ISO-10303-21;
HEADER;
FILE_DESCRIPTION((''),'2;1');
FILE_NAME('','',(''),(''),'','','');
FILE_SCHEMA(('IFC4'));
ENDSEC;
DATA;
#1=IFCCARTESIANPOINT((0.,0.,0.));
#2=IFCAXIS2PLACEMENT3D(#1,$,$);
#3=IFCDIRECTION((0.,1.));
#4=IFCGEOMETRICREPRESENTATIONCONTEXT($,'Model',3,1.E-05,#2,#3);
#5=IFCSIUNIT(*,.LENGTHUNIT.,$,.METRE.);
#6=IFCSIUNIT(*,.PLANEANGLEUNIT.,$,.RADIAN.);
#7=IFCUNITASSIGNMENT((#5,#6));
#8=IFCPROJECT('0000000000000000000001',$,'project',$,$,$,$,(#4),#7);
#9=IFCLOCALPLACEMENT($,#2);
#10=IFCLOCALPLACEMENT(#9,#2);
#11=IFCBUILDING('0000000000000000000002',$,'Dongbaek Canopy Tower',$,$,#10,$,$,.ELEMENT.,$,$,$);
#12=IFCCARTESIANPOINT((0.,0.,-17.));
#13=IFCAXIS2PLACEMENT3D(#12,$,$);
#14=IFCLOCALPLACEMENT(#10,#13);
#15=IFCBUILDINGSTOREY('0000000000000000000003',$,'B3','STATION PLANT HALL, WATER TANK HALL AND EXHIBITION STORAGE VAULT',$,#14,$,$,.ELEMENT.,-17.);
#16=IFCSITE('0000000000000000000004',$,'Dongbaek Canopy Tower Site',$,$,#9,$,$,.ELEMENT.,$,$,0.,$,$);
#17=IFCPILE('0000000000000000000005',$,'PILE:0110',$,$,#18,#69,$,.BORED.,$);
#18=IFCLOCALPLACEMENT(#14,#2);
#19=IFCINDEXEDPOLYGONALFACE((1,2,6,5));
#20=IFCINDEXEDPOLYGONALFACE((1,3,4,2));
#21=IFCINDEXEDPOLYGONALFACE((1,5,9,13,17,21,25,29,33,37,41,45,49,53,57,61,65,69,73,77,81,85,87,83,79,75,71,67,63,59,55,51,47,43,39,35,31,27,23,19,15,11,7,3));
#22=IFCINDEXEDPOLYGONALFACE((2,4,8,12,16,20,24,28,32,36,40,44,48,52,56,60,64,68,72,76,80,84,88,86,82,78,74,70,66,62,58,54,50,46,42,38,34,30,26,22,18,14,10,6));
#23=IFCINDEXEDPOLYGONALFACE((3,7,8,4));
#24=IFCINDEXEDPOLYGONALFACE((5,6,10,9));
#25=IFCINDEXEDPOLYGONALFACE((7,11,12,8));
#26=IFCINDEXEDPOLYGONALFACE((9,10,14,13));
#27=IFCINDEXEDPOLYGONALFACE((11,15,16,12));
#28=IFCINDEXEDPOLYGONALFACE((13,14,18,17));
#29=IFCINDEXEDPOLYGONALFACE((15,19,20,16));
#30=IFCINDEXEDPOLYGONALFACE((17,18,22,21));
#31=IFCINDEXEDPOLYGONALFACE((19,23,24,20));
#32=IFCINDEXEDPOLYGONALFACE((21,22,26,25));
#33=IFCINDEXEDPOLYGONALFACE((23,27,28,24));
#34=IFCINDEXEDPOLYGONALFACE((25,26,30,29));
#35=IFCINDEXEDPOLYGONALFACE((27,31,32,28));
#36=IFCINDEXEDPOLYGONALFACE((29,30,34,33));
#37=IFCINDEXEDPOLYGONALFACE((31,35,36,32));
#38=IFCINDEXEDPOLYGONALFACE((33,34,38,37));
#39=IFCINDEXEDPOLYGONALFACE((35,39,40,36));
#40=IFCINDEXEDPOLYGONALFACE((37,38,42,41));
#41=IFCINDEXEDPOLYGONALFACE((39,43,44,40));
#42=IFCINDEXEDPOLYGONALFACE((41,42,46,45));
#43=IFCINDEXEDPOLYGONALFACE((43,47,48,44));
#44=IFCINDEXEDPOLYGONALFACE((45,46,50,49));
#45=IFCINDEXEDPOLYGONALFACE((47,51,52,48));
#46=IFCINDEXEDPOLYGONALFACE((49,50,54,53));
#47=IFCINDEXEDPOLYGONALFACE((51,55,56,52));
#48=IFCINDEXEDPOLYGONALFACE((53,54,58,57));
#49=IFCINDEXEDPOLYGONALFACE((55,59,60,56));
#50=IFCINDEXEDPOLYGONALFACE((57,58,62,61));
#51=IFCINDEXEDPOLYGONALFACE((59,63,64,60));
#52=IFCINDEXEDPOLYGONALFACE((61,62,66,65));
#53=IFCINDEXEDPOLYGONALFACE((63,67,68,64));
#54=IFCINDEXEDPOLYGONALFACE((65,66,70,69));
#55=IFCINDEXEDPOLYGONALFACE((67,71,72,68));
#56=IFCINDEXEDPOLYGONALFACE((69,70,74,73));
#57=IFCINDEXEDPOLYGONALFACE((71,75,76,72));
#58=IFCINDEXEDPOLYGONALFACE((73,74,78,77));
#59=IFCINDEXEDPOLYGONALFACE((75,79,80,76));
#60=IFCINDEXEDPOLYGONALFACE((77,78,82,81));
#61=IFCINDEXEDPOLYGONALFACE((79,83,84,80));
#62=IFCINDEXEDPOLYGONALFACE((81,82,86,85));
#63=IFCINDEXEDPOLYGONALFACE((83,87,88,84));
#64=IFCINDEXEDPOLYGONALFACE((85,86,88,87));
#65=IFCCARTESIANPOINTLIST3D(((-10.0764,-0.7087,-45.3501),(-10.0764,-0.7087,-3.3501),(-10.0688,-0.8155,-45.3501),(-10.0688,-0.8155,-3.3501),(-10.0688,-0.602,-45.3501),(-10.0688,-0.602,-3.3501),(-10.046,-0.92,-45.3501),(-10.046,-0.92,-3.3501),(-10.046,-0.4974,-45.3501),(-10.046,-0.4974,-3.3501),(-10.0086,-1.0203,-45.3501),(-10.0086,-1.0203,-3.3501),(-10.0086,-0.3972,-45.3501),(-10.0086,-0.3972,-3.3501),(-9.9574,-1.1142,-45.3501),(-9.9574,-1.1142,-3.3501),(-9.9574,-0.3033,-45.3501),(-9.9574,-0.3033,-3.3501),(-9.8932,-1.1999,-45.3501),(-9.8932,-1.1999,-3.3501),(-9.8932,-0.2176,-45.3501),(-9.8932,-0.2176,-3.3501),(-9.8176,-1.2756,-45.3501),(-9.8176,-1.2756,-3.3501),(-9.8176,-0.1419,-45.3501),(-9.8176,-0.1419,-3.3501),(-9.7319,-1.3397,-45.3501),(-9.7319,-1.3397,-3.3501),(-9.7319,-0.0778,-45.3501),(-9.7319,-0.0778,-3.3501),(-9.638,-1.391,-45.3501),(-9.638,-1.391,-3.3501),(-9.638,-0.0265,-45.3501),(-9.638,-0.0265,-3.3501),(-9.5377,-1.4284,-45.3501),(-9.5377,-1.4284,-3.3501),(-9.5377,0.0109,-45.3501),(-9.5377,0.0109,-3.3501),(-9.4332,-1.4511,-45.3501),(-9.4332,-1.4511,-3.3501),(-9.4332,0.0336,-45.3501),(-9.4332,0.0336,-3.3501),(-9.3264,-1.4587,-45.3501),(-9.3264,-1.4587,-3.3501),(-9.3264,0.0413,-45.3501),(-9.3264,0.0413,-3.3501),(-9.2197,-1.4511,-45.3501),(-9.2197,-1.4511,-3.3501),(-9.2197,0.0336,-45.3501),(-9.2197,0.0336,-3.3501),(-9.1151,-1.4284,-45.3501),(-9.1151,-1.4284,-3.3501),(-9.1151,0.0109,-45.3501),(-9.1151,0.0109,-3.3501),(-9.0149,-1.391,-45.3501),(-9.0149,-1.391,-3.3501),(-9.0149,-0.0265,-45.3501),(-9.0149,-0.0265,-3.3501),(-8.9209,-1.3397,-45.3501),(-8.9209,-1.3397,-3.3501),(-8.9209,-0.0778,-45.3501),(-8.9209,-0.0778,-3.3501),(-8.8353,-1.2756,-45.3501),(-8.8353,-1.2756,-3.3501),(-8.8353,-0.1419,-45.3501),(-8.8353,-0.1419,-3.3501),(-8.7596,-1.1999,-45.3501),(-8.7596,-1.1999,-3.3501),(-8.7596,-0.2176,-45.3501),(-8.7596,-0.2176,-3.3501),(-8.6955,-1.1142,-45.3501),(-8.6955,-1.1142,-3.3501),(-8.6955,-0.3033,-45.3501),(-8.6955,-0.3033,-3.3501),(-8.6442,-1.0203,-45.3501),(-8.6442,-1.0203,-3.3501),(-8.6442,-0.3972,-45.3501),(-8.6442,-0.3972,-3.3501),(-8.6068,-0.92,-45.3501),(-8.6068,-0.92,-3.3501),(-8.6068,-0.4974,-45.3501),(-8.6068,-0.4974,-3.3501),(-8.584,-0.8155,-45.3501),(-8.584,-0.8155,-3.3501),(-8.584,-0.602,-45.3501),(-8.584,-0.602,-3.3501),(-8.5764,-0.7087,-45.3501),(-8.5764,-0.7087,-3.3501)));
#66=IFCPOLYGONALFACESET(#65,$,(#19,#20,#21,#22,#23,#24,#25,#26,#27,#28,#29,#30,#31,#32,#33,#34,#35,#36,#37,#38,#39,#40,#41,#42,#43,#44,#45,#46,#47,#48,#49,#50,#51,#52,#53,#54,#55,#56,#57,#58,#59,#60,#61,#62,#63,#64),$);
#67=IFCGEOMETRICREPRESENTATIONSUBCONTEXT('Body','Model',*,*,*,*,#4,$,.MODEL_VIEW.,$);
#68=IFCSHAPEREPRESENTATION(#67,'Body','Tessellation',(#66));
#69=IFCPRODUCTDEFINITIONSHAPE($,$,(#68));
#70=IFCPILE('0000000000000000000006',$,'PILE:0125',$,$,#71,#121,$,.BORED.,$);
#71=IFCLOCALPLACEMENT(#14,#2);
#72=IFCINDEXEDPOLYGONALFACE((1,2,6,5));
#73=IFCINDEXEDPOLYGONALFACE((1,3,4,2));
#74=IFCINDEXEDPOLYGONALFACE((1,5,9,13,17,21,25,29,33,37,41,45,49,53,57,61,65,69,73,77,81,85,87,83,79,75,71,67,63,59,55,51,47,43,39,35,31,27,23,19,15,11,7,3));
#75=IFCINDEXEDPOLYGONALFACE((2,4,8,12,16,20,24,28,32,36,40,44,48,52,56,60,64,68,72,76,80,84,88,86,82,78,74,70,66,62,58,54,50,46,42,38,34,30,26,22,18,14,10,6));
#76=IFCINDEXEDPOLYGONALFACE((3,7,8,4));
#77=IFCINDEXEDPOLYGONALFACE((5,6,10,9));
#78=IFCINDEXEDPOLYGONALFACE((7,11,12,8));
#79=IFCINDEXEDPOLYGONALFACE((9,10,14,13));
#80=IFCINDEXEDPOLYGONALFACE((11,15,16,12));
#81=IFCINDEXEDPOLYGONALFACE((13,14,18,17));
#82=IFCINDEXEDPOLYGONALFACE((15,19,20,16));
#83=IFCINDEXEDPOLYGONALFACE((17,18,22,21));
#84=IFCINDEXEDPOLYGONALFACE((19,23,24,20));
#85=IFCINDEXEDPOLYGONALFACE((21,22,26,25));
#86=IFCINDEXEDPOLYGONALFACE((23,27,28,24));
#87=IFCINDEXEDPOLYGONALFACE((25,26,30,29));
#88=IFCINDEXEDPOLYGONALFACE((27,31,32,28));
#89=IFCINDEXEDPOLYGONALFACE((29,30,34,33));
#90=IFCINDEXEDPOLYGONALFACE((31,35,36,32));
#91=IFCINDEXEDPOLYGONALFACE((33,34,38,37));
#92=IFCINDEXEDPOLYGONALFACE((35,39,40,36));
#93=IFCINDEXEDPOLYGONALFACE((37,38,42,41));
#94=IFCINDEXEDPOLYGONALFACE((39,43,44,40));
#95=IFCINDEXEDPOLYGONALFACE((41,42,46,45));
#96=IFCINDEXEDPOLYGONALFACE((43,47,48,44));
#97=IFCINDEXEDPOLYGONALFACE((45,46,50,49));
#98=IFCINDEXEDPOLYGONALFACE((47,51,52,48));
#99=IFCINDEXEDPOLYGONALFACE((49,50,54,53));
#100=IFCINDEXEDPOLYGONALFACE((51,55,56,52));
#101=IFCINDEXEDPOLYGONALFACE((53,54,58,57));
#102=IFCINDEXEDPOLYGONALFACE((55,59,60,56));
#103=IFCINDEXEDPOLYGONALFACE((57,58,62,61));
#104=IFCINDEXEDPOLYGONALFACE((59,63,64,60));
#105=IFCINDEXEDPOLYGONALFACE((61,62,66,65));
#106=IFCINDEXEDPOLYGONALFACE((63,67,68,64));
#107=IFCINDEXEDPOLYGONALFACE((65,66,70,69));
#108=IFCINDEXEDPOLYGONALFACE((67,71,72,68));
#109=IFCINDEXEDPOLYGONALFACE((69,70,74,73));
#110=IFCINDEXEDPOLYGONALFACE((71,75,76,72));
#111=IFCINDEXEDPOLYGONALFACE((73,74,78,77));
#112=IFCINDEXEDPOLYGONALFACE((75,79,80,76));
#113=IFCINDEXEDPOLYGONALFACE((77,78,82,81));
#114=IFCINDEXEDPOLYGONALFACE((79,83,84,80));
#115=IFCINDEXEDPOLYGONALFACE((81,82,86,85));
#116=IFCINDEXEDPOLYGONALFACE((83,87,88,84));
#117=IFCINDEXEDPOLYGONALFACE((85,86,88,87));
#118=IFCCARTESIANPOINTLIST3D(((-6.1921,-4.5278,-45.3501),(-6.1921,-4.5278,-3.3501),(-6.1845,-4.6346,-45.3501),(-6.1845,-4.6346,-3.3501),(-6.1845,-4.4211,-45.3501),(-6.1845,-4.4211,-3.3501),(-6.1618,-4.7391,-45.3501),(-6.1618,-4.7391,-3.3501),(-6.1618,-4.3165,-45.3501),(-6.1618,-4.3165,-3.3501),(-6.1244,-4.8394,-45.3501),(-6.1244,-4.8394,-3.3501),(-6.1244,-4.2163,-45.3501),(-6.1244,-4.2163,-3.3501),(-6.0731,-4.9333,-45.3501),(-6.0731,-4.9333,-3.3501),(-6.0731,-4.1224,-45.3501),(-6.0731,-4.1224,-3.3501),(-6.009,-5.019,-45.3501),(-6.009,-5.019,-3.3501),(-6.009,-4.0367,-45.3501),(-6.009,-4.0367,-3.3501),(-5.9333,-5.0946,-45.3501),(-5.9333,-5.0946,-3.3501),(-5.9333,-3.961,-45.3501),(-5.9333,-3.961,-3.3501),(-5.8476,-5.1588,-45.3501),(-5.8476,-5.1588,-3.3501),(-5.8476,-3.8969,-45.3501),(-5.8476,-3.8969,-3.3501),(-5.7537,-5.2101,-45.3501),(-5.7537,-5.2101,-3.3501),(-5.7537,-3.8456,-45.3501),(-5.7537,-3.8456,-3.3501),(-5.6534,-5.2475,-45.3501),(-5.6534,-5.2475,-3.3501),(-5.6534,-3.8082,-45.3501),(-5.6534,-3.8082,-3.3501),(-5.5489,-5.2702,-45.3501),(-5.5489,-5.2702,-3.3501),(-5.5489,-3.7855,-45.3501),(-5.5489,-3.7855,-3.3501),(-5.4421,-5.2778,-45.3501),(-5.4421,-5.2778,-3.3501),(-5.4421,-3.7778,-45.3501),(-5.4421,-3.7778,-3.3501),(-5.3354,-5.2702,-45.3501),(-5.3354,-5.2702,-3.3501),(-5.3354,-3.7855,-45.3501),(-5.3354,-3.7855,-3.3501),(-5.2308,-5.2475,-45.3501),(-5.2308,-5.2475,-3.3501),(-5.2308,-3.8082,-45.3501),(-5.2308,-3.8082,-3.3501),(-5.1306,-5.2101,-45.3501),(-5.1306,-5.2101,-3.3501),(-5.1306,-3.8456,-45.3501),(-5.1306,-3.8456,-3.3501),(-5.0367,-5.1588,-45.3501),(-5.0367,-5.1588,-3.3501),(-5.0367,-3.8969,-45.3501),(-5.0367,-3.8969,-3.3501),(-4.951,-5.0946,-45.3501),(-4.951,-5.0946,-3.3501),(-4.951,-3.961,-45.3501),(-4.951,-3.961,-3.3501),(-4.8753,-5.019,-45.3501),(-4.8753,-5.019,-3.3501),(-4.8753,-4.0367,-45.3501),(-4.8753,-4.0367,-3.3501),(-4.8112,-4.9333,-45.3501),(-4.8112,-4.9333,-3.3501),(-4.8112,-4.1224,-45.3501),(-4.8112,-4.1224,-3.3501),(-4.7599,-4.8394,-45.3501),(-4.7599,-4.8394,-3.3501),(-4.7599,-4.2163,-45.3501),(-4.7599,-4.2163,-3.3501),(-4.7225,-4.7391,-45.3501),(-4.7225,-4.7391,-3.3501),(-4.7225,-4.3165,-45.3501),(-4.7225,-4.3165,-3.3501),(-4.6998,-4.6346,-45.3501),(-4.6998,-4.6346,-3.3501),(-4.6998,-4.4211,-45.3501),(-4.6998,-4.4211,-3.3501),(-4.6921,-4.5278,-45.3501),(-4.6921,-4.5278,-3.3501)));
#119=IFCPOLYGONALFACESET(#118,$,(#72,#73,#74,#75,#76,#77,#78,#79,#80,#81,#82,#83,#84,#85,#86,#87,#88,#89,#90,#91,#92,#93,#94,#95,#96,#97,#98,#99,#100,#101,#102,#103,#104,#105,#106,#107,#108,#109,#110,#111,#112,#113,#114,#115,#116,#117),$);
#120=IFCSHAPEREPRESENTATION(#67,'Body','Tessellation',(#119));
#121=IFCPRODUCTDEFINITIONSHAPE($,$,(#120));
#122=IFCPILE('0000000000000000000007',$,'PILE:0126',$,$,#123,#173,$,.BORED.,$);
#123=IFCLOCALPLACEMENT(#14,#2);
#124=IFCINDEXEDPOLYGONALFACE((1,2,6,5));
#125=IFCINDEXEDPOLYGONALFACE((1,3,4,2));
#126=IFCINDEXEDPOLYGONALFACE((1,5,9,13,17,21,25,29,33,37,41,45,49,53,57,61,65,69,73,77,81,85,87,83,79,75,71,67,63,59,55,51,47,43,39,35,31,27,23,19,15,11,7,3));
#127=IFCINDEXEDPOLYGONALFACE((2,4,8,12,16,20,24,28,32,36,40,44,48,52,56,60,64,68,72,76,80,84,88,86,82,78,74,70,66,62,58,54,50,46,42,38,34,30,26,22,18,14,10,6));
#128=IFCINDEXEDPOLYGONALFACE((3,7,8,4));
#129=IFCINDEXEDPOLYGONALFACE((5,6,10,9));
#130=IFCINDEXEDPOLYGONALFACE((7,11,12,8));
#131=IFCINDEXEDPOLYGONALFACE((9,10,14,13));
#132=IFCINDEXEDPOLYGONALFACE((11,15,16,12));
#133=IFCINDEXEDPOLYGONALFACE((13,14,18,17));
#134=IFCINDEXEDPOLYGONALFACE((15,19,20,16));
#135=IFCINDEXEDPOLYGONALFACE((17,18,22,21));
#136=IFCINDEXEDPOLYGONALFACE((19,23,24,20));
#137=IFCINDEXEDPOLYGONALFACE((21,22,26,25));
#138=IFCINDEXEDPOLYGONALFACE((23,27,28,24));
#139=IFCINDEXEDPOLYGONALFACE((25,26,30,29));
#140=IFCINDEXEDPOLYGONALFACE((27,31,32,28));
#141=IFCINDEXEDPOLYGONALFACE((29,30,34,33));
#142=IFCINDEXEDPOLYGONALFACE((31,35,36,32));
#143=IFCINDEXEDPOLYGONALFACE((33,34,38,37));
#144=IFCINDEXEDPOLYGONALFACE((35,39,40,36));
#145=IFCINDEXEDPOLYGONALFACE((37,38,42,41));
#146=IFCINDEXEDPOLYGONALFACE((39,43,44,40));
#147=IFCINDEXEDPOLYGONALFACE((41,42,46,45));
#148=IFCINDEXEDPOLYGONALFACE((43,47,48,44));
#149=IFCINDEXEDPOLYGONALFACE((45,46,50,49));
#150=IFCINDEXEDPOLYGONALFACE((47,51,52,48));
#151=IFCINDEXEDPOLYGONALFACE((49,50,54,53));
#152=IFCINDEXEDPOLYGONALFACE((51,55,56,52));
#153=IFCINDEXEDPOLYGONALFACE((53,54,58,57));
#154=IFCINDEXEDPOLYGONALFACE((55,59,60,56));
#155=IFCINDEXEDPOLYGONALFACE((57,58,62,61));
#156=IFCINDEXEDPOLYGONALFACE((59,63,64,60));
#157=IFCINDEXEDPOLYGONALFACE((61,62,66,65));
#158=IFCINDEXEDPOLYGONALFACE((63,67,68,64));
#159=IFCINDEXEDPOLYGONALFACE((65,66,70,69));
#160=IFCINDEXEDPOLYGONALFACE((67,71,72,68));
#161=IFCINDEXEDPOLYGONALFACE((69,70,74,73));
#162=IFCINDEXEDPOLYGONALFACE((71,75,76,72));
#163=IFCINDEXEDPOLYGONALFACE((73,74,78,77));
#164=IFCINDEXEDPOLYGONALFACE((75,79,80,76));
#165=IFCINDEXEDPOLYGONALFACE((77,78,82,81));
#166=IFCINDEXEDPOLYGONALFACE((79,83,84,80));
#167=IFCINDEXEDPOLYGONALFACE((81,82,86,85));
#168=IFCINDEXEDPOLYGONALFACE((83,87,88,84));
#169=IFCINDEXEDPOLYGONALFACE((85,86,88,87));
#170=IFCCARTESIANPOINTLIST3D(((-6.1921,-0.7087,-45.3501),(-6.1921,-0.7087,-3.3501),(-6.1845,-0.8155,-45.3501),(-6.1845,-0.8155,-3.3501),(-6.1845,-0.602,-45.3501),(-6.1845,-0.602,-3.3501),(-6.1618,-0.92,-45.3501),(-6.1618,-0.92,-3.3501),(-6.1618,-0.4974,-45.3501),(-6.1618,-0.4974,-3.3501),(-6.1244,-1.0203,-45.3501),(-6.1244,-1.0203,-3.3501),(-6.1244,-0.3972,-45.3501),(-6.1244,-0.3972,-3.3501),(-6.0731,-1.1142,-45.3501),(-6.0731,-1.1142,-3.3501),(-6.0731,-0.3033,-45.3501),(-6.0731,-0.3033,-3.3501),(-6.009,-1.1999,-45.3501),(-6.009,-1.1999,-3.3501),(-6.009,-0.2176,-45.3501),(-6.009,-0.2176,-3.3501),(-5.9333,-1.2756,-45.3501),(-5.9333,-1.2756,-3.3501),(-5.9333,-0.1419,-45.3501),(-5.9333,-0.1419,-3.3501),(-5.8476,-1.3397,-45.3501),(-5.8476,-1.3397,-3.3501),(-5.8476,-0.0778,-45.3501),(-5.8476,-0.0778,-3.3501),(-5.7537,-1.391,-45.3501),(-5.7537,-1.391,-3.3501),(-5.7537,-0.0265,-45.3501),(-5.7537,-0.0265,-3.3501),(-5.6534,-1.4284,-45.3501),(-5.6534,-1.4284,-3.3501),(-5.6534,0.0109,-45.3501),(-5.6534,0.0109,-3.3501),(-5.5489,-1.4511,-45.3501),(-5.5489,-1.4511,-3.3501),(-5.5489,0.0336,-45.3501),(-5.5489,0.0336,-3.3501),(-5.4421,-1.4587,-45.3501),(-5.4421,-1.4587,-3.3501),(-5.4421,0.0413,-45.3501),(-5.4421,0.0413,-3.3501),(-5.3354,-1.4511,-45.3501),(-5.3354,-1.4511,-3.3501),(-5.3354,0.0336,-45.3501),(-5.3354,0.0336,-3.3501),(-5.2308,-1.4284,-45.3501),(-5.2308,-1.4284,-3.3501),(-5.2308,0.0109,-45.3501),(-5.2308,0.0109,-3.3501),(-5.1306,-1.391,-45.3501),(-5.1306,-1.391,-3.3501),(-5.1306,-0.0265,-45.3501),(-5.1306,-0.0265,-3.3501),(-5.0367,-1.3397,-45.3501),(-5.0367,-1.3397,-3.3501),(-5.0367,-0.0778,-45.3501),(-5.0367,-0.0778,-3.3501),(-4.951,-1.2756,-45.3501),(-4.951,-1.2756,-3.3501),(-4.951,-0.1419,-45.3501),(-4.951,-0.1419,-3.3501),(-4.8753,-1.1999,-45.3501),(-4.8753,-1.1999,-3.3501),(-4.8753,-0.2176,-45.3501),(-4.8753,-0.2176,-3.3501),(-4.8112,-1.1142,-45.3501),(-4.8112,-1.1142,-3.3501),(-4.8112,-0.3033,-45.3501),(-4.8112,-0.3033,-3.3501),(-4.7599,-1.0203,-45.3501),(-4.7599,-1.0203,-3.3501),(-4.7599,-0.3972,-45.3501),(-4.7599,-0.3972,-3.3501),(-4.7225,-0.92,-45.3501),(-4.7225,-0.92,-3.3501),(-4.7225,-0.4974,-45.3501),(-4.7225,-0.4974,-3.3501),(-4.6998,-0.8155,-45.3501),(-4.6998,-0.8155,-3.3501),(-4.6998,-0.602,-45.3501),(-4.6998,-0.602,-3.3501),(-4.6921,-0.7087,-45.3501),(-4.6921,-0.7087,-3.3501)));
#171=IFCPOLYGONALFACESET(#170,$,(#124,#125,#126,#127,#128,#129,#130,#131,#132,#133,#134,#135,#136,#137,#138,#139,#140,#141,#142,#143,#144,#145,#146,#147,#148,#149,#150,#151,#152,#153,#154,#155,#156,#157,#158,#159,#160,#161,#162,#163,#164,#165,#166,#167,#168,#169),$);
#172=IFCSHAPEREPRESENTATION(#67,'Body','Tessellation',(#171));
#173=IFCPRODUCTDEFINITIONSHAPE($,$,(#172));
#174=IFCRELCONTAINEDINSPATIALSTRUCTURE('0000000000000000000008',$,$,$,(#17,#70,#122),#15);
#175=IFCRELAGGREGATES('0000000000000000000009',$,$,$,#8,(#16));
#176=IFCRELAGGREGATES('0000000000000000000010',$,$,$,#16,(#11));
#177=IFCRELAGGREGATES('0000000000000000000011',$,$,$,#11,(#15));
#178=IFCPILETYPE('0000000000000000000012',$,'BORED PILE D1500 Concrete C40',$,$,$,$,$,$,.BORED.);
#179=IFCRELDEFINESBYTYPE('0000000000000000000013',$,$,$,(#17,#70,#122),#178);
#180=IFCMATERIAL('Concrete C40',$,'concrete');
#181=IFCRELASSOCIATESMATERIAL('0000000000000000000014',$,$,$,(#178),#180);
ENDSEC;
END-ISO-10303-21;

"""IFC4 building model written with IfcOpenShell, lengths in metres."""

from ifc_helpers import new_model, si_unit, direction, frame, origin, origin_2d, place, context, subcontext, project, spatial, circle, extrude, material, material_profile, profile_set, type_object, element, save


model = new_model("IFC4")

# Units and contexts
model_context = context("Model", 3, precision=1e-05, world=origin(), true_north=direction((0.0, 1.0)))
body_context = subcontext(model_context, "Body", "Model", "MODEL_VIEW")
ifc_project = project(units=[si_unit("LENGTHUNIT", "METRE"), si_unit("PLANEANGLEUNIT", "RADIAN")], contexts=[model_context])

# Site, building, storey
site_placement = place(None, origin())
site = spatial("IfcSite", under=ifc_project, at=site_placement, Name="Dongbaek Canopy Tower Site", CompositionType="ELEMENT", RefElevation=0.0)
building_placement = place(site_placement, origin())
building = spatial("IfcBuilding", under=site, at=building_placement, Name="Dongbaek Canopy Tower", CompositionType="ELEMENT")
storey_placement = place(building_placement, frame((0.0, 0.0, -17.0)))
storey = spatial("IfcBuildingStorey", under=building, at=storey_placement, Name="B3", Description="STATION PLANT HALL, WATER TANK HALL AND EXHIBITION STORAGE VAULT", CompositionType="ELEMENT", Elevation=-17.0)

# Piles
ifc_material_1 = material(Name="Concrete C40", Category="concrete")
ifc_material_profile = material_profile(ifc_material_1, circle(Radius=0.75, at=origin_2d()), Name="BORED PILE D1500 Concrete C40")
ifc_profile_set = profile_set([ifc_material_profile], Name="Concrete C40")
pile_type = type_object("IfcPileType", Name="BORED PILE D1500 Concrete C40", PredefinedType="BORED", material=ifc_profile_set)
for number, where, z_axis, x_axis, name in (
    (1, (-9.3264, -0.7087, -3.3501), (0.0, 0.0, -1.0), (1.0, 0.0, 0.0), "PILE:0110"),
    (2, (-5.4421, -4.5278, -3.3501), (0.0, 0.0, -1.0), (1.0, 0.0, 0.0), "PILE:0125"),
    (3, (-5.4421, -0.7087, -3.3501), (0.0, 0.0, -1.0), (1.0, 0.0, 0.0), "PILE:0126"),
):
    element("IfcPile", number, at=place(storey_placement, frame(where, z_axis=z_axis, x_axis=x_axis)), inside=storey, type_object=pile_type, Name=name, PredefinedType="BORED", context=body_context, shape_type="SweptSolid", body=[
        extrude(circle(Radius=0.75, at=origin_2d()), origin(), (0.0, 0.0, 1.0), 42.0),
    ])

save(model, "model.ifc")
